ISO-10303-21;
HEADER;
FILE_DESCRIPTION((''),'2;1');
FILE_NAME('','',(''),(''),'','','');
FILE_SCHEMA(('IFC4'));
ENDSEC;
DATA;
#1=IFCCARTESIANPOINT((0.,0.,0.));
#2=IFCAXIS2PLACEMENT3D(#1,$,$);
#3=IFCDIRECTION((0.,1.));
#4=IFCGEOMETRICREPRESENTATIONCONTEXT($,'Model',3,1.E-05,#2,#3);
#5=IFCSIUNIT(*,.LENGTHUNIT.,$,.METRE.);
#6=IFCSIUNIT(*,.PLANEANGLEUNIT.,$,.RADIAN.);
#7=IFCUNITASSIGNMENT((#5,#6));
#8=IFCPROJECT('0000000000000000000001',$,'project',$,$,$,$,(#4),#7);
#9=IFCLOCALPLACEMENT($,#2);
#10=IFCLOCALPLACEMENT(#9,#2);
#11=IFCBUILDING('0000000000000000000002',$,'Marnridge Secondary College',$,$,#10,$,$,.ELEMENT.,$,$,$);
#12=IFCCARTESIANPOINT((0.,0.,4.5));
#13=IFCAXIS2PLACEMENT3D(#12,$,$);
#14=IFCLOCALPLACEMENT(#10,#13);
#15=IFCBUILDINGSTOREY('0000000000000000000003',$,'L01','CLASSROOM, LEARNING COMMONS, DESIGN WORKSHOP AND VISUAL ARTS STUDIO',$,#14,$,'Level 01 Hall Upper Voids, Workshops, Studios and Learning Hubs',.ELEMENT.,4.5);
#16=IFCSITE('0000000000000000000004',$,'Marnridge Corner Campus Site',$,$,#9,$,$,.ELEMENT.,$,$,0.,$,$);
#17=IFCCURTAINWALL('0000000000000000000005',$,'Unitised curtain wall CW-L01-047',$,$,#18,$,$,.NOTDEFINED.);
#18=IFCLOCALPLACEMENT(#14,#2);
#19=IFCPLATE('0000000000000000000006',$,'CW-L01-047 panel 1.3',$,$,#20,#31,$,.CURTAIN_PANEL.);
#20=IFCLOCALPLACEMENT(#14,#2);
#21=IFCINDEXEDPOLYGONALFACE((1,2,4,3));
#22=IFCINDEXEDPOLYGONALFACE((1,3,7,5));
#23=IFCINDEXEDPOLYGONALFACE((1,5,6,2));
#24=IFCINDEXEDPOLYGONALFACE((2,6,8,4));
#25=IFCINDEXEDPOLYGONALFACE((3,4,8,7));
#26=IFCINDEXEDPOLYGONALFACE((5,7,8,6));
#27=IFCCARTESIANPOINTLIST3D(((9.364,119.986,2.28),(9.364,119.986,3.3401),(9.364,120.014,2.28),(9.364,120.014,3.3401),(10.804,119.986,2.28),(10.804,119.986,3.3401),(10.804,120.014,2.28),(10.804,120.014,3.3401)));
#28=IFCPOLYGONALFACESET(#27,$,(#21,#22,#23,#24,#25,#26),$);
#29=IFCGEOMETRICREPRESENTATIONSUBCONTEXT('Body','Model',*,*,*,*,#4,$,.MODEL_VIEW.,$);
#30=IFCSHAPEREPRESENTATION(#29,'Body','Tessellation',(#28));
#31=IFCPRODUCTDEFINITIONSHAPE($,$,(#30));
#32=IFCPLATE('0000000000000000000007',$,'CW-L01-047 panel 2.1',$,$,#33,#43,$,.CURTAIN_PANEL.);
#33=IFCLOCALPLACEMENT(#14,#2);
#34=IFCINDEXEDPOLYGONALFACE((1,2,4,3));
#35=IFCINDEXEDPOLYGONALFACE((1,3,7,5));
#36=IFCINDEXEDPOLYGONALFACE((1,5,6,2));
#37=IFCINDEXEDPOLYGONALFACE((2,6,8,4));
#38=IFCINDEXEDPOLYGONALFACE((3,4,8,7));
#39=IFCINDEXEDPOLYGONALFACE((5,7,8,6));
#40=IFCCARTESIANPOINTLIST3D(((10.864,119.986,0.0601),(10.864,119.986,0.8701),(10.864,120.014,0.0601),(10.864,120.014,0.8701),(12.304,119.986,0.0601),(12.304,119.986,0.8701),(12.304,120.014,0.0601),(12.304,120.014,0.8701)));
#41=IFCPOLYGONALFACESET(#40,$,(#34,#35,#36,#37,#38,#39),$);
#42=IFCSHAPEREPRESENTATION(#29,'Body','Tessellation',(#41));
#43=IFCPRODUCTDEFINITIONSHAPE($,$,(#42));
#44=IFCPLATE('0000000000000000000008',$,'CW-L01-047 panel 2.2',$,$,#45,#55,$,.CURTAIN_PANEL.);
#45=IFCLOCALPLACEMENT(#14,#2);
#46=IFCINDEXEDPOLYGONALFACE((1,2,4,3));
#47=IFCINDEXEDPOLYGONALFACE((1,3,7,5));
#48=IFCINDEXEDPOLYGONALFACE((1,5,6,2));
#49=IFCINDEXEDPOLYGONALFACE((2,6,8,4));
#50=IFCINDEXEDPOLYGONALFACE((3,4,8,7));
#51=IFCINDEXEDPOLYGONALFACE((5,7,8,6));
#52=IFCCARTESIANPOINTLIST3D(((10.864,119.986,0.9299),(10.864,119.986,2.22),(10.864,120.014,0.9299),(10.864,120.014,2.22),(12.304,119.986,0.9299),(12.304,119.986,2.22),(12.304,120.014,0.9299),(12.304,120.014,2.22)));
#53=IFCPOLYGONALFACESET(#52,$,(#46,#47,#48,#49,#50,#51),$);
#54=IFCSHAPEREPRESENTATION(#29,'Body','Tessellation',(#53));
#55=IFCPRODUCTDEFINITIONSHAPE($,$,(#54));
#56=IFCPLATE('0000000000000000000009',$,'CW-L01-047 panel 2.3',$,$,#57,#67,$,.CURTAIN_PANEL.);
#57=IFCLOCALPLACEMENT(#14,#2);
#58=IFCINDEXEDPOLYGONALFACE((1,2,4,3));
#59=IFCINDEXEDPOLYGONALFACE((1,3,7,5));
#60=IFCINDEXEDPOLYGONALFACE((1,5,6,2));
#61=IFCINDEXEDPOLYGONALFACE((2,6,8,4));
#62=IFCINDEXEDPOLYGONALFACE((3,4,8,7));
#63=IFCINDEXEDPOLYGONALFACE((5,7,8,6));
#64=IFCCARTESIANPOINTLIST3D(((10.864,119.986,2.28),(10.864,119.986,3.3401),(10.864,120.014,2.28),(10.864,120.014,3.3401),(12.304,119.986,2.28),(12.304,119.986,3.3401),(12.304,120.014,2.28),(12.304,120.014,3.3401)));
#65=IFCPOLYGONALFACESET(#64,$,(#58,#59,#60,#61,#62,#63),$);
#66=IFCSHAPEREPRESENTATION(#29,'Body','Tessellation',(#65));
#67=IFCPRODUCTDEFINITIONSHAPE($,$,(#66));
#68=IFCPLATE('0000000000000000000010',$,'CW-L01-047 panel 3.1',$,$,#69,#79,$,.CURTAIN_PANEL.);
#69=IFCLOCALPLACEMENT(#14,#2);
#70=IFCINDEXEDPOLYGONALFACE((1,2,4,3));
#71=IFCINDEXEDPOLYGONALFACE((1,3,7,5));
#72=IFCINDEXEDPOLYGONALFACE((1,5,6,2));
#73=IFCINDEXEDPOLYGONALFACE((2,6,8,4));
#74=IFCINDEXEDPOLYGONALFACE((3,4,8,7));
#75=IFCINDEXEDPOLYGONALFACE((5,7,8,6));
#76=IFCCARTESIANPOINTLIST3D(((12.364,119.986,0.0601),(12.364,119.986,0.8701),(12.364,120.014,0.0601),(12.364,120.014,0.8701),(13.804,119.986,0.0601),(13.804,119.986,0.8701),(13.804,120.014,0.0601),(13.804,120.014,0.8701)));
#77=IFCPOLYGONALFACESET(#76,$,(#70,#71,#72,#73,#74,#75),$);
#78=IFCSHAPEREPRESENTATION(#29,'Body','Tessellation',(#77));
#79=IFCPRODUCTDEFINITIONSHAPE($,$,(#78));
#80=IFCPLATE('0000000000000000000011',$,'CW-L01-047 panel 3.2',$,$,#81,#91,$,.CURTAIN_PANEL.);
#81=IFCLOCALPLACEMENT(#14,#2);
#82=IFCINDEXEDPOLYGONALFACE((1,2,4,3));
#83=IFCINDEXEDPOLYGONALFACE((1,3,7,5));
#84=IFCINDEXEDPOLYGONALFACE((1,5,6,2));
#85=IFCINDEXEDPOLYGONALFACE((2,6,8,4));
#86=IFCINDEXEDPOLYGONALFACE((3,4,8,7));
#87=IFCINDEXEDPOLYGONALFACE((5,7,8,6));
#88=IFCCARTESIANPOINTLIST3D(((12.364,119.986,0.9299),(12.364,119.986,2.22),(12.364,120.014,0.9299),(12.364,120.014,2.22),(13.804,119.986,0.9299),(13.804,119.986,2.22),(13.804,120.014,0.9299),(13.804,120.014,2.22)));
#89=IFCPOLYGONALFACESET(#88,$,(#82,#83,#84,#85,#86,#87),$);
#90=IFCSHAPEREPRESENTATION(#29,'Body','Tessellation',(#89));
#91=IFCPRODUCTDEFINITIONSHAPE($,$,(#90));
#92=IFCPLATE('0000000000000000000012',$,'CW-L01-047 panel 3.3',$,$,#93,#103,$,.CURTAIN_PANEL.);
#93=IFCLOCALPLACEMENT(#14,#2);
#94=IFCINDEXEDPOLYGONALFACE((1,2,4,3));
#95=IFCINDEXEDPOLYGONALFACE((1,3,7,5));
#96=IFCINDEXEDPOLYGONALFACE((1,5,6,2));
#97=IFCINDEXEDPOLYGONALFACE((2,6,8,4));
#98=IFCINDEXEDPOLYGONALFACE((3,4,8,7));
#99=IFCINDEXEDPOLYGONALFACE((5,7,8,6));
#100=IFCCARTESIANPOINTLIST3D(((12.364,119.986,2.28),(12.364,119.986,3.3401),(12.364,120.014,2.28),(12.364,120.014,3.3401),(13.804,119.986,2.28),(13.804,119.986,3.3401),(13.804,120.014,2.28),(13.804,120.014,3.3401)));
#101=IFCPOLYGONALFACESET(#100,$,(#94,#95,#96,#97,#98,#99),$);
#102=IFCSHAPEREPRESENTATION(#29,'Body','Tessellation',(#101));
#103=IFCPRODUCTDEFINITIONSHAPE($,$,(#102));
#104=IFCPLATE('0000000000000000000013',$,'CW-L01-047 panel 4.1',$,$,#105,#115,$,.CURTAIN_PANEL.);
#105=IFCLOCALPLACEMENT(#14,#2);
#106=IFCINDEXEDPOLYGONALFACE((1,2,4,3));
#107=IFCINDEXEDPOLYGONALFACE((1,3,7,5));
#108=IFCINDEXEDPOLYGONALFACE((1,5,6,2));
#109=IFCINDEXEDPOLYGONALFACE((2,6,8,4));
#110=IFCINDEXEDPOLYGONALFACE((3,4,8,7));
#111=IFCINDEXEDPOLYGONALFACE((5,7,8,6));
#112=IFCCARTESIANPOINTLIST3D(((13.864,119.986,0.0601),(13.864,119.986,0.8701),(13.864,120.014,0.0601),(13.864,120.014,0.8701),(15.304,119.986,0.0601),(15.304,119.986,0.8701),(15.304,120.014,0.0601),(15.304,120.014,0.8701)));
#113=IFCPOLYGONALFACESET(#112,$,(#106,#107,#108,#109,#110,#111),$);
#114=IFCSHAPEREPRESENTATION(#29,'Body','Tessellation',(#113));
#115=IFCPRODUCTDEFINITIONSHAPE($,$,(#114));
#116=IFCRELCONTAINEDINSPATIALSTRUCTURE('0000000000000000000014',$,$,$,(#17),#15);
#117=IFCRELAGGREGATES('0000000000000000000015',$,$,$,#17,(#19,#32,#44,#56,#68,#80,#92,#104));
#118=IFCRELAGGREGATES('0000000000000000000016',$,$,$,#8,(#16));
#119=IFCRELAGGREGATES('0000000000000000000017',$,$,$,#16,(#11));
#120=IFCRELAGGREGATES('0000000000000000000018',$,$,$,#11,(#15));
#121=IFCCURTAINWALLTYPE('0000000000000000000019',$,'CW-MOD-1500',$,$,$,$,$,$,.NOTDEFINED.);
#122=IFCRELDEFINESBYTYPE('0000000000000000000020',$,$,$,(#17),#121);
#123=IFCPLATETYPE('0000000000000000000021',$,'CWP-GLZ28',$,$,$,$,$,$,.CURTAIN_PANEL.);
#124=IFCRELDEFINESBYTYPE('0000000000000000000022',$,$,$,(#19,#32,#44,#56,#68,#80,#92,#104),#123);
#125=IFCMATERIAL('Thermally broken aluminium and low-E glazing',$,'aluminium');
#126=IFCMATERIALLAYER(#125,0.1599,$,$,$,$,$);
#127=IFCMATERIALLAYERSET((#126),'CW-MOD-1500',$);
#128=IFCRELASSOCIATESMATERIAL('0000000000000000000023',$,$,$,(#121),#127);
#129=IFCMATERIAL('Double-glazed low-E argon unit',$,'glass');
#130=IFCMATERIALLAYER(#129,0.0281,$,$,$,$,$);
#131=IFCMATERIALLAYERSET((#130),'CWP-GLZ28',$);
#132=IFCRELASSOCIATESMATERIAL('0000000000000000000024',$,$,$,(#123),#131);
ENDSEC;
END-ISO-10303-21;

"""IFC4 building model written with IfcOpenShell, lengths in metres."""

from ifc_helpers import new_model, si_unit, direction, frame, origin, origin_2d, place, context, subcontext, project, spatial, rectangle, extrude, material, layer, layer_set, type_object, element, aggregate, save


model = new_model("IFC4")

# Units and contexts
model_context = context("Model", 3, precision=1e-05, world=origin(), true_north=direction((0.0, 1.0)))
body_context = subcontext(model_context, "Body", "Model", "MODEL_VIEW")
ifc_project = project(units=[si_unit("LENGTHUNIT", "METRE"), si_unit("PLANEANGLEUNIT", "RADIAN")], contexts=[model_context])

# Site, building, storey
site_placement = place(None, origin())
site = spatial("IfcSite", under=ifc_project, at=site_placement, Name="Marnridge Corner Campus Site", CompositionType="ELEMENT", RefElevation=0.0)
building_placement = place(site_placement, origin())
building = spatial("IfcBuilding", under=site, at=building_placement, Name="Marnridge Secondary College", CompositionType="ELEMENT")
storey_placement = place(building_placement, frame((0.0, 0.0, 4.5)))
storey = spatial("IfcBuildingStorey", under=building, at=storey_placement, Name="L01", Description="CLASSROOM, LEARNING COMMONS, DESIGN WORKSHOP AND VISUAL ARTS STUDIO", LongName="Level 01 Hall Upper Voids, Workshops, Studios and Learning Hubs", CompositionType="ELEMENT", Elevation=4.5)

# Curtain wall, plates
ifc_material_1 = material(Name="Thermally broken aluminium and low-E glazing", Category="aluminium")
ifc_layer_1 = layer(ifc_material_1, 0.1599)
ifc_layer_set_1 = layer_set([ifc_layer_1], Name="CW-MOD-1500")
curtain_wall_type = type_object("IfcCurtainWallType", Name="CW-MOD-1500", PredefinedType="NOTDEFINED", material=ifc_layer_set_1)
curtain_wall_placement = place(storey_placement, origin())
curtain_wall = element("IfcCurtainWall", 1, at=curtain_wall_placement, inside=storey, type_object=curtain_wall_type, Name="Unitised curtain wall CW-L01-047", PredefinedType="NOTDEFINED")
ifc_material_2 = material(Name="Double-glazed low-E argon unit", Category="glass")
ifc_layer_2 = layer(ifc_material_2, 0.0281)
ifc_layer_set_2 = layer_set([ifc_layer_2], Name="CWP-GLZ28")
plate_type = type_object("IfcPlateType", Name="CWP-GLZ28", PredefinedType="CURTAIN_PANEL", material=ifc_layer_set_2)
plate_1_placement = place(storey_placement, frame((10.084, 120.0, 2.28), z_axis=(0.0, 0.0, 1.0), x_axis=(1.0, 0.0, 0.0)))
plate_1 = element("IfcPlate", 2, at=plate_1_placement, type_object=plate_type, Name="CW-L01-047 panel 1.3", PredefinedType="CURTAIN_PANEL", context=body_context, shape_type="SweptSolid", body=[
    extrude(rectangle(XDim=1.4399, YDim=0.0281, at=origin_2d()), origin(), (0.0, 0.0, 1.0), 1.0601),
])
plate_2_placement = place(storey_placement, frame((11.584, 120.0, 0.0601), z_axis=(0.0, 0.0, 1.0), x_axis=(1.0, 0.0, 0.0)))
plate_2 = element("IfcPlate", 3, at=plate_2_placement, type_object=plate_type, Name="CW-L01-047 panel 2.1", PredefinedType="CURTAIN_PANEL", context=body_context, shape_type="SweptSolid", body=[
    extrude(rectangle(XDim=1.4399, YDim=0.0281, at=origin_2d()), origin(), (0.0, 0.0, 1.0), 0.8101),
])
plate_3_placement = place(storey_placement, frame((11.584, 120.0, 0.9299), z_axis=(0.0, 0.0, 1.0), x_axis=(1.0, 0.0, 0.0)))
plate_3 = element("IfcPlate", 4, at=plate_3_placement, type_object=plate_type, Name="CW-L01-047 panel 2.2", PredefinedType="CURTAIN_PANEL", context=body_context, shape_type="SweptSolid", body=[
    extrude(rectangle(XDim=1.4399, YDim=0.0281, at=origin_2d()), origin(), (0.0, 0.0, 1.0), 1.29),
])
plate_4_placement = place(storey_placement, frame((11.584, 120.0, 2.28), z_axis=(0.0, 0.0, 1.0), x_axis=(1.0, 0.0, 0.0)))
plate_4 = element("IfcPlate", 5, at=plate_4_placement, type_object=plate_type, Name="CW-L01-047 panel 2.3", PredefinedType="CURTAIN_PANEL", context=body_context, shape_type="SweptSolid", body=[
    extrude(rectangle(XDim=1.4399, YDim=0.0281, at=origin_2d()), origin(), (0.0, 0.0, 1.0), 1.0601),
])
plate_5_placement = place(storey_placement, frame((13.084, 120.0, 0.0601), z_axis=(0.0, 0.0, 1.0), x_axis=(1.0, 0.0, 0.0)))
plate_5 = element("IfcPlate", 6, at=plate_5_placement, type_object=plate_type, Name="CW-L01-047 panel 3.1", PredefinedType="CURTAIN_PANEL", context=body_context, shape_type="SweptSolid", body=[
    extrude(rectangle(XDim=1.4399, YDim=0.0281, at=origin_2d()), origin(), (0.0, 0.0, 1.0), 0.8101),
])
plate_6_placement = place(storey_placement, frame((13.084, 120.0, 0.9299), z_axis=(0.0, 0.0, 1.0), x_axis=(1.0, 0.0, 0.0)))
plate_6 = element("IfcPlate", 7, at=plate_6_placement, type_object=plate_type, Name="CW-L01-047 panel 3.2", PredefinedType="CURTAIN_PANEL", context=body_context, shape_type="SweptSolid", body=[
    extrude(rectangle(XDim=1.4399, YDim=0.0281, at=origin_2d()), origin(), (0.0, 0.0, 1.0), 1.29),
])
plate_7_placement = place(storey_placement, frame((13.084, 120.0, 2.28), z_axis=(0.0, 0.0, 1.0), x_axis=(1.0, 0.0, 0.0)))
plate_7 = element("IfcPlate", 8, at=plate_7_placement, type_object=plate_type, Name="CW-L01-047 panel 3.3", PredefinedType="CURTAIN_PANEL", context=body_context, shape_type="SweptSolid", body=[
    extrude(rectangle(XDim=1.4399, YDim=0.0281, at=origin_2d()), origin(), (0.0, 0.0, 1.0), 1.0601),
])
plate_8_placement = place(storey_placement, frame((14.584, 120.0, 0.0601), z_axis=(0.0, 0.0, 1.0), x_axis=(1.0, 0.0, 0.0)))
plate_8 = element("IfcPlate", 9, at=plate_8_placement, type_object=plate_type, Name="CW-L01-047 panel 4.1", PredefinedType="CURTAIN_PANEL", context=body_context, shape_type="SweptSolid", body=[
    extrude(rectangle(XDim=1.4399, YDim=0.0281, at=origin_2d()), origin(), (0.0, 0.0, 1.0), 0.8101),
])
aggregate(curtain_wall, [plate_1, plate_2, plate_3, plate_4, plate_5, plate_6, plate_7, plate_8])

save(model, "model.ifc")
